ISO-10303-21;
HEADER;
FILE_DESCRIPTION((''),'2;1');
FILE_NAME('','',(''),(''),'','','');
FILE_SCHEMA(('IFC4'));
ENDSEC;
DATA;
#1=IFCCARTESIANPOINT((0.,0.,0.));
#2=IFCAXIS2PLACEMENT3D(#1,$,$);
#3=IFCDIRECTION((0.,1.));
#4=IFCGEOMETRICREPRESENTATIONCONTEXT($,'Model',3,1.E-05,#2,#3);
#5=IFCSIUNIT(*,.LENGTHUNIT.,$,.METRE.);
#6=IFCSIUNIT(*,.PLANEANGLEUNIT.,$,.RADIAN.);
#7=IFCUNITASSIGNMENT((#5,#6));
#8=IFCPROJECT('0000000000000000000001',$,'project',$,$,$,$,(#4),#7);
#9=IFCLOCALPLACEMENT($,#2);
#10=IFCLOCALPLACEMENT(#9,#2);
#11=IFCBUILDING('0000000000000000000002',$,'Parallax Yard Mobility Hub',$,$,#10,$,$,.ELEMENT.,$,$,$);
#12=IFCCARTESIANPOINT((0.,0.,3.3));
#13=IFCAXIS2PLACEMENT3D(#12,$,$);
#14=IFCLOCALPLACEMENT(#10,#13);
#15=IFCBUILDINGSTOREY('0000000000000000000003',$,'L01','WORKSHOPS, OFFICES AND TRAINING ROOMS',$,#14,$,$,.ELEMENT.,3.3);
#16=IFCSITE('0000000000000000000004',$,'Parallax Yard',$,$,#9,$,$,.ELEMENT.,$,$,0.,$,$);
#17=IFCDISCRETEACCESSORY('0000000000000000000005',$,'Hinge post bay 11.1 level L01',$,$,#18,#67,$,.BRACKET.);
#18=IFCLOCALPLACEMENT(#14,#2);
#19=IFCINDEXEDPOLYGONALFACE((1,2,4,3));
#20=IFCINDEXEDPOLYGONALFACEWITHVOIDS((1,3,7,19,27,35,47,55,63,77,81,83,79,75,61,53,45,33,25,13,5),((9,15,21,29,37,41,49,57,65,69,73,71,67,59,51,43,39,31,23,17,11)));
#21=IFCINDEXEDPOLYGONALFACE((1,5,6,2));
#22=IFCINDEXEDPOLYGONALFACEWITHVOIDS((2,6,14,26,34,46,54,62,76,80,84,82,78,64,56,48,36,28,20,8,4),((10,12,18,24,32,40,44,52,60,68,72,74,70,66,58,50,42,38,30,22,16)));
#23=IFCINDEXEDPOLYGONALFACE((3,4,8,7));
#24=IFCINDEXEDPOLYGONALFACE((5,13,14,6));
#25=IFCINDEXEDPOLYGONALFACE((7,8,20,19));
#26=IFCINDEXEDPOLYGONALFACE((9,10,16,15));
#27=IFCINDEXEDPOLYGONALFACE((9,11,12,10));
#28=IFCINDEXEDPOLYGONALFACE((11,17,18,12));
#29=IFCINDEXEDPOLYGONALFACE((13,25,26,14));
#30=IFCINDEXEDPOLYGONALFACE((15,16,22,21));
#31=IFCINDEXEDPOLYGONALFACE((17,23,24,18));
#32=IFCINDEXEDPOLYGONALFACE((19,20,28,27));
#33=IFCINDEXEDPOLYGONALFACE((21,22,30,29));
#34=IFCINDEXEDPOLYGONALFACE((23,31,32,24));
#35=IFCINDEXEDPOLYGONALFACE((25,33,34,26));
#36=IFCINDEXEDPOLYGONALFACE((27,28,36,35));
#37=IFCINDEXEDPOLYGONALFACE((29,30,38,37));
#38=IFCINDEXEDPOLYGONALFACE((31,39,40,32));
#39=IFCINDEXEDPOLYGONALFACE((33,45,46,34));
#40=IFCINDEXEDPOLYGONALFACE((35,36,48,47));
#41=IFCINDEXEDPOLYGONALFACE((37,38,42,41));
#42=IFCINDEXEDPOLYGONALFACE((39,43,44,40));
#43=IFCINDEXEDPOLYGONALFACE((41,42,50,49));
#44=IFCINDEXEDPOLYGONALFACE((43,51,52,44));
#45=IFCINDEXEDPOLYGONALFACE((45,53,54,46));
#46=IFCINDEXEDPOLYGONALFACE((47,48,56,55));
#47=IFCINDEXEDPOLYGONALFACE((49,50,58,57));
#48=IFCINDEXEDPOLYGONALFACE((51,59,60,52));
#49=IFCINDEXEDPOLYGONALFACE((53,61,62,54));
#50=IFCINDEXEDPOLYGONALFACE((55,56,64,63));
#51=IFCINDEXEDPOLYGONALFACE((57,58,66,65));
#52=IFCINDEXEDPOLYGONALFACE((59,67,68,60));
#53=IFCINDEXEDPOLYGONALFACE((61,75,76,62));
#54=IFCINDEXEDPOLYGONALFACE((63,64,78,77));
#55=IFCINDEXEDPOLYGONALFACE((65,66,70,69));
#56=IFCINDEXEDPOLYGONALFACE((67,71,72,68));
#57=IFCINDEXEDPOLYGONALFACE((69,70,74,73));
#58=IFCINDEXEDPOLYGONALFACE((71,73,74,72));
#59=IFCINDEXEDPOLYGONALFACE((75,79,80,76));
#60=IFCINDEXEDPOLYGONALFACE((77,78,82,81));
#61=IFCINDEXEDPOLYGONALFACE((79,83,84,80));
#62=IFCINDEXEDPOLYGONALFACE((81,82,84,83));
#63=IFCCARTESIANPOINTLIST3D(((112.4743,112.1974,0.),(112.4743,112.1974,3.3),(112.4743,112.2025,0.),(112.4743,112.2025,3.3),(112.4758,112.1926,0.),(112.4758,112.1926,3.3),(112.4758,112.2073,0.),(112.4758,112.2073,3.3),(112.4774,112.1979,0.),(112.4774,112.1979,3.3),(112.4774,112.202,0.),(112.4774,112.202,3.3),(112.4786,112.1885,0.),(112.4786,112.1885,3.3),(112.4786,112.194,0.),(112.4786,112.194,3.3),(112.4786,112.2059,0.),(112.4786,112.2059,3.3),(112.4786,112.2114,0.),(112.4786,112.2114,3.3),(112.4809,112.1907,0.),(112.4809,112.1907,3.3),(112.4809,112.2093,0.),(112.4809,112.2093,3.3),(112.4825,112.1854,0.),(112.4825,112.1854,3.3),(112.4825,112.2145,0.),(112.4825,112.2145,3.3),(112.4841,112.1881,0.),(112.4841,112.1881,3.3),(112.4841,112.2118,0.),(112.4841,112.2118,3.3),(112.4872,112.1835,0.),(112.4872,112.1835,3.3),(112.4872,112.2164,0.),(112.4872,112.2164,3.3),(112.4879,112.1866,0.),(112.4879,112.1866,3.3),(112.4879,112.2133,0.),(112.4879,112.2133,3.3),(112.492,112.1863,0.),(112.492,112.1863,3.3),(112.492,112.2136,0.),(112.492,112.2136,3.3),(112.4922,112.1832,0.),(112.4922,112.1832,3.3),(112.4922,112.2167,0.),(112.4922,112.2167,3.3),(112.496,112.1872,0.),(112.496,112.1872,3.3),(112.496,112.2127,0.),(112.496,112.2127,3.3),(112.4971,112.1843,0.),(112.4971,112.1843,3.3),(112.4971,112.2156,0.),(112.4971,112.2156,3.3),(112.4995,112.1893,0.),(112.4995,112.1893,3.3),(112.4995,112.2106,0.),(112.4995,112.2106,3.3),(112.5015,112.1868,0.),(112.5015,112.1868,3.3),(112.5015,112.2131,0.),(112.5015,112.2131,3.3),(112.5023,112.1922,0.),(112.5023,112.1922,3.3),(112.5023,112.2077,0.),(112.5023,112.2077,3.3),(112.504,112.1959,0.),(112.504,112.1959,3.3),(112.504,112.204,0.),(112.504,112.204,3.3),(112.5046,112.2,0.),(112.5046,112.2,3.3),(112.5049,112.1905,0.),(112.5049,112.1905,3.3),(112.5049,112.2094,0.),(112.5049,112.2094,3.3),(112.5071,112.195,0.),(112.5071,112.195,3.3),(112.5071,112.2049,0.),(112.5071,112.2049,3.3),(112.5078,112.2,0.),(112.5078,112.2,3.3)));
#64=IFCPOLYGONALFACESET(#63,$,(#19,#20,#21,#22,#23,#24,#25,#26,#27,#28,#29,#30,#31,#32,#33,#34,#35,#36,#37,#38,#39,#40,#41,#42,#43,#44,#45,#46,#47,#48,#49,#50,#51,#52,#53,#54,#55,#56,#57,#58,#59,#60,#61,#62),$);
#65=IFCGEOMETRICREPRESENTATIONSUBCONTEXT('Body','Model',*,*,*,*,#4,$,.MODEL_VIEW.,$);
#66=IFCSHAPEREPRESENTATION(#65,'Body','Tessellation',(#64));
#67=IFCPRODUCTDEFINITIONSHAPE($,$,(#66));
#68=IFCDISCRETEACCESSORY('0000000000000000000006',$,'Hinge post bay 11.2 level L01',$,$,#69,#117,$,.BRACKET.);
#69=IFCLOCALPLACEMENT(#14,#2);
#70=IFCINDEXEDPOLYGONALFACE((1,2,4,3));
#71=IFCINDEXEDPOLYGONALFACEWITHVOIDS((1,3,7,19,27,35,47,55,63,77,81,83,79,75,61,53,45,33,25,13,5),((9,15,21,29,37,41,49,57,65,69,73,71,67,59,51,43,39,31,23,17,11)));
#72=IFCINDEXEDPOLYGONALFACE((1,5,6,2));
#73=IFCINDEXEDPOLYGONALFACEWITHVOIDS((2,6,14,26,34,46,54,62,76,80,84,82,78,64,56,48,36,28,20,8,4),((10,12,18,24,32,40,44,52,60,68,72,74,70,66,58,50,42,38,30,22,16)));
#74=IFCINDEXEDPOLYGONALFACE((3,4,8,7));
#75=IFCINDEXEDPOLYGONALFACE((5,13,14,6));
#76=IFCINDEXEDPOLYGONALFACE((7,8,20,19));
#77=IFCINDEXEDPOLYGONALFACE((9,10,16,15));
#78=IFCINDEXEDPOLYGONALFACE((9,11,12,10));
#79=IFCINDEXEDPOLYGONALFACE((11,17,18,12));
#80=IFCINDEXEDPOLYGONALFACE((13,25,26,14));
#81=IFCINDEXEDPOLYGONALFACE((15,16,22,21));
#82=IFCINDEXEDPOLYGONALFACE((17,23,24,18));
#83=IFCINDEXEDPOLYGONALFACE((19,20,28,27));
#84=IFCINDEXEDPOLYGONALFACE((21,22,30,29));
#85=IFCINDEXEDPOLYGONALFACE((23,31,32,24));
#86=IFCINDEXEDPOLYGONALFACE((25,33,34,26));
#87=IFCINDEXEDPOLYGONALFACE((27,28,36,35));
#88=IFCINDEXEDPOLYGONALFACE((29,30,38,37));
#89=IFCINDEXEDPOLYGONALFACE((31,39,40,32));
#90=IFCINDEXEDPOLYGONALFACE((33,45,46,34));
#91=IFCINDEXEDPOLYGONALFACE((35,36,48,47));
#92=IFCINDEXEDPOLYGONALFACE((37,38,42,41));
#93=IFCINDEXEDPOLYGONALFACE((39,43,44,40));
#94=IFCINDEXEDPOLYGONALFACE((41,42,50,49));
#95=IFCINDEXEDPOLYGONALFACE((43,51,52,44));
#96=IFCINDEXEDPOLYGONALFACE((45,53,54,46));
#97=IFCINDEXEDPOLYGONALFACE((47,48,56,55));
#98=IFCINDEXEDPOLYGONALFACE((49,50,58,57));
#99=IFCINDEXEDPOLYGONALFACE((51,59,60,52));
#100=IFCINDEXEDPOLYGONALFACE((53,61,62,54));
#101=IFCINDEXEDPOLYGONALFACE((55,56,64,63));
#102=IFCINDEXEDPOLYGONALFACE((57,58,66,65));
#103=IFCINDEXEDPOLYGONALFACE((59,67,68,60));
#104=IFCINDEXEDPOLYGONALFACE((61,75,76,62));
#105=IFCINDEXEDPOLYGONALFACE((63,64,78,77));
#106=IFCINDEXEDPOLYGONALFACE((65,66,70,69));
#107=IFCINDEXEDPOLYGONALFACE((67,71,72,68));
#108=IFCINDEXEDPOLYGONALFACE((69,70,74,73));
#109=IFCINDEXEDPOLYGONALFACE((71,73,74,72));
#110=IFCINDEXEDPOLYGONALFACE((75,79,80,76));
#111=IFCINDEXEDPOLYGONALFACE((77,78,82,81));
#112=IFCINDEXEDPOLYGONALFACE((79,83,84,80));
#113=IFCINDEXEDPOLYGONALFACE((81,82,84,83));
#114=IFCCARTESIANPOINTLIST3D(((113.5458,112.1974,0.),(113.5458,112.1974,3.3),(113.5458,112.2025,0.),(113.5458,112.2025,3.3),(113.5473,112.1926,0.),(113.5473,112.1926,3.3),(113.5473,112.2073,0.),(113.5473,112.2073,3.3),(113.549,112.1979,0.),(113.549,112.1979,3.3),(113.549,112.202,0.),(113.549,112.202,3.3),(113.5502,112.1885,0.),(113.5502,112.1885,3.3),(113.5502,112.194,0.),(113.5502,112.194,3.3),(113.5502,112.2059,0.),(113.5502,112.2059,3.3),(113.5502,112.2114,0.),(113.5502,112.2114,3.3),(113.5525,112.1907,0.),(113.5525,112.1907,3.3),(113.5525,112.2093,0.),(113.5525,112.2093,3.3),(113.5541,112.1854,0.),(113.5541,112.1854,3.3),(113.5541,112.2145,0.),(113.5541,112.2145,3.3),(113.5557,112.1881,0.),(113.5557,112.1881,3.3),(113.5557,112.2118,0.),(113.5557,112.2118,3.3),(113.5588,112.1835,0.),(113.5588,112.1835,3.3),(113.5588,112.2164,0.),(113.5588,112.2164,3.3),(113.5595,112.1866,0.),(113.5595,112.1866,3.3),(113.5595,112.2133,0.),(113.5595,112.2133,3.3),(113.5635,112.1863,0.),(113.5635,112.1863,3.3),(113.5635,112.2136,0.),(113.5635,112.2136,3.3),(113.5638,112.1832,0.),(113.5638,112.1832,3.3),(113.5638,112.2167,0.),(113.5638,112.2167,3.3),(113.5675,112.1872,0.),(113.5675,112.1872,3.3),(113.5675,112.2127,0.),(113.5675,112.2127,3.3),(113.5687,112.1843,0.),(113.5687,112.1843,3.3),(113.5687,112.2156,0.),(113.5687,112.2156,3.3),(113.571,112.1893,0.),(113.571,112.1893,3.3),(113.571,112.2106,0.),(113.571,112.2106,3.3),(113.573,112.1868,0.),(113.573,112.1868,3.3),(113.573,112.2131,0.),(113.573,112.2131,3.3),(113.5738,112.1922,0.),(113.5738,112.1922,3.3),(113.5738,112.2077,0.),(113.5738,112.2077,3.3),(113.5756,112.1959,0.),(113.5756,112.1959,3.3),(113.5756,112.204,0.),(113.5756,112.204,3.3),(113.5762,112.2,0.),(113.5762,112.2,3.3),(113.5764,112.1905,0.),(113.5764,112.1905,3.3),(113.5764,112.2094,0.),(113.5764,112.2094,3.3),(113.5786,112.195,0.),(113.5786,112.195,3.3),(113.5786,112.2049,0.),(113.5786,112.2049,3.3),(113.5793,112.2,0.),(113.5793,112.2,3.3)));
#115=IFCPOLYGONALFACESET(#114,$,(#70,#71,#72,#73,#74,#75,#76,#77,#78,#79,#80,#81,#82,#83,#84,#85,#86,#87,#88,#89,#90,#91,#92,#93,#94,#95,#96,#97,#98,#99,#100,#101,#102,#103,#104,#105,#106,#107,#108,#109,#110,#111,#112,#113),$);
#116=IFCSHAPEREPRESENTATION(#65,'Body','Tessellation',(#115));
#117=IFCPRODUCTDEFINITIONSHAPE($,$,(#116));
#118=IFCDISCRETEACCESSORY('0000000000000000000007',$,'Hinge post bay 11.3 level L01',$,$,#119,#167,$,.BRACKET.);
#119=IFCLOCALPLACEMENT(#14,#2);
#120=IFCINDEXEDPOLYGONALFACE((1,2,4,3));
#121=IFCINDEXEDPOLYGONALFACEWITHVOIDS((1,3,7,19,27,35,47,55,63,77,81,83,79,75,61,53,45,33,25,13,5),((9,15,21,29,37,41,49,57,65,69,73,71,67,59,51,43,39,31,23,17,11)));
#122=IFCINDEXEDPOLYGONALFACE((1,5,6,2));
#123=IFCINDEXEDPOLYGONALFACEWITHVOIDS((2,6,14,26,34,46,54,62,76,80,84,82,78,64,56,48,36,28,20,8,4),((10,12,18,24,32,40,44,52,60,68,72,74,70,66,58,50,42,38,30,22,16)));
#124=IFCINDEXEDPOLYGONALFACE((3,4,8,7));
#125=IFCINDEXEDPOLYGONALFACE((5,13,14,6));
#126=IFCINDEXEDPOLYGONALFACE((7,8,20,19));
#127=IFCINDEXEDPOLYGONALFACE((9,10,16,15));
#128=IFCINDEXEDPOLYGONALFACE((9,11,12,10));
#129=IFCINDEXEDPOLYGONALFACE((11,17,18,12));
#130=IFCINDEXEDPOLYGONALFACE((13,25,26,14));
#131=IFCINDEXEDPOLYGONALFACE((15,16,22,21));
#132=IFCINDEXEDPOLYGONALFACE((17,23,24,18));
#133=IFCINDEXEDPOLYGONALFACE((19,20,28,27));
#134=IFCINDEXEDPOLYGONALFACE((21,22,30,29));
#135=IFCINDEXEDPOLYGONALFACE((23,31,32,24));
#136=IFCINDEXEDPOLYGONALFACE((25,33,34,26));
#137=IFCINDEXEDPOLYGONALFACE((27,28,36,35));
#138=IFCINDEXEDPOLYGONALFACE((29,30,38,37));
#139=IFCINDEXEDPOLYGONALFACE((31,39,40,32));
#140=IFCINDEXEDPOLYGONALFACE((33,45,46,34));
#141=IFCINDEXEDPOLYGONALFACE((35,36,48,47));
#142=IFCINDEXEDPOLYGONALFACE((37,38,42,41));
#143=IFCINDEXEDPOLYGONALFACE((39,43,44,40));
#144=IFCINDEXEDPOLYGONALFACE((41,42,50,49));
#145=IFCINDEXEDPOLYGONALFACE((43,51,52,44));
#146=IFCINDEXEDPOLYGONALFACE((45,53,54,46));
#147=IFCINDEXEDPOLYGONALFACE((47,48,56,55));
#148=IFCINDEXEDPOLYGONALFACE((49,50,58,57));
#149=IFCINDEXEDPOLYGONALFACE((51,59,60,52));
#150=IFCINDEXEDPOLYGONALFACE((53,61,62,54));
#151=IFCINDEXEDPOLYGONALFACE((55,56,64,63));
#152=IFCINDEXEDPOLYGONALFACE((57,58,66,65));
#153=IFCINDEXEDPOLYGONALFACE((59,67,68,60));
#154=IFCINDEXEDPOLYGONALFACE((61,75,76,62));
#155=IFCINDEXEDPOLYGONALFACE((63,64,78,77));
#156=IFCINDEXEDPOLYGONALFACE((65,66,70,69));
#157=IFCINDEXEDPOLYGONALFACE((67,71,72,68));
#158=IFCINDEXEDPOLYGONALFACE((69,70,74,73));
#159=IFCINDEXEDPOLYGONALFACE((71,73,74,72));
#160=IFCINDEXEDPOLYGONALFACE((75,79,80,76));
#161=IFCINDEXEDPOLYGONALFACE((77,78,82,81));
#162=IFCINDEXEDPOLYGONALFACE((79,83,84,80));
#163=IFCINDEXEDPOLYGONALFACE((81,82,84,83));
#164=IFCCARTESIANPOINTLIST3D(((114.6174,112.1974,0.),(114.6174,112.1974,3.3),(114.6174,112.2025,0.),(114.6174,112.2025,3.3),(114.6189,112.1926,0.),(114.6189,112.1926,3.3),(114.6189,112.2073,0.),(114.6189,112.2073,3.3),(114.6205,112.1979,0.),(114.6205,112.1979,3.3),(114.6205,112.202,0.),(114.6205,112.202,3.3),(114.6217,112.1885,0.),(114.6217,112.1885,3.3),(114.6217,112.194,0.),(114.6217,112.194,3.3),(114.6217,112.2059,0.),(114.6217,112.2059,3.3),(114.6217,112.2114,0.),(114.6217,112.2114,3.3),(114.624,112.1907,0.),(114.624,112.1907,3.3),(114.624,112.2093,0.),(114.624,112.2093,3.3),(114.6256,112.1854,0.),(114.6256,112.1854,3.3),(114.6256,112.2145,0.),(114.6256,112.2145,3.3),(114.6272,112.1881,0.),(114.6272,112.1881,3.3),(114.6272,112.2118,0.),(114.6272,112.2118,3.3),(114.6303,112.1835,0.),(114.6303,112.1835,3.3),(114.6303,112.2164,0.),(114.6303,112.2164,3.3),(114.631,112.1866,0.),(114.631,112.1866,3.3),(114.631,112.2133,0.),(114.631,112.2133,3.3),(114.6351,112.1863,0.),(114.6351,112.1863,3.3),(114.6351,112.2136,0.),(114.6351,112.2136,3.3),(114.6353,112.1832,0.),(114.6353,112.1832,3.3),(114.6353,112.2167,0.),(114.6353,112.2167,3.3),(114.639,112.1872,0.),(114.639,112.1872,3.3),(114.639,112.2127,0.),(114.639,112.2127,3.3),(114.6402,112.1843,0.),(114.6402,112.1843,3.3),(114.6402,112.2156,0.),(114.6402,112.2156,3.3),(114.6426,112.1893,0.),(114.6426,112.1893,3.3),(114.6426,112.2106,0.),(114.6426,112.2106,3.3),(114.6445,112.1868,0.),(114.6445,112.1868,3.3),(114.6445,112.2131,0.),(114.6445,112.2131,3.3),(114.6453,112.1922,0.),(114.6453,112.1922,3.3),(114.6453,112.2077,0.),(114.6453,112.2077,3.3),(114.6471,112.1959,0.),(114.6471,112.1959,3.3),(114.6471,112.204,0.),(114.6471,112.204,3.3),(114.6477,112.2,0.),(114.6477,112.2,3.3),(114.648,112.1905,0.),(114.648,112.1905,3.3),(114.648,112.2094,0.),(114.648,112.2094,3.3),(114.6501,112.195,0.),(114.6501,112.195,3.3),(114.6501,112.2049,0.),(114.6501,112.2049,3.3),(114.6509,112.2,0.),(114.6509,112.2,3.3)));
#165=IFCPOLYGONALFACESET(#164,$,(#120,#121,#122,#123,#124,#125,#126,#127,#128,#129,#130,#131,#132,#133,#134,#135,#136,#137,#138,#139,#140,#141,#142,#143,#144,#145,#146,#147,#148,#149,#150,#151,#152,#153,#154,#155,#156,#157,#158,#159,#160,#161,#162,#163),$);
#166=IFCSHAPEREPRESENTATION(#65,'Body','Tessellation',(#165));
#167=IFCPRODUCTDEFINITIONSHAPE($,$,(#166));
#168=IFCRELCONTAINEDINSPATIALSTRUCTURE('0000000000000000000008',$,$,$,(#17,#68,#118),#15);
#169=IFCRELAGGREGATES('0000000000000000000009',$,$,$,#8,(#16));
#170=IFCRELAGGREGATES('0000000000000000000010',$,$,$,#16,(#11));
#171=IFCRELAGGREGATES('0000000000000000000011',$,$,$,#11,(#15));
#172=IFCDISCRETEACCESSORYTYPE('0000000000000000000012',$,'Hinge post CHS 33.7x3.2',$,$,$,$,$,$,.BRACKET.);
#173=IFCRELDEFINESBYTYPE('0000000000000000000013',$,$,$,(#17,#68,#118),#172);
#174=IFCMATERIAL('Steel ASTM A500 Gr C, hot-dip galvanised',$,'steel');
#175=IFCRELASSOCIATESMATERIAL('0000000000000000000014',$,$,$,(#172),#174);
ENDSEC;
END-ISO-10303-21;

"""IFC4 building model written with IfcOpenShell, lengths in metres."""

from ifc_helpers import new_model, si_unit, direction, frame, origin, origin_2d, place, context, subcontext, project, spatial, hollow_circle, extrude, material, material_profile, profile_set, type_object, element, save


model = new_model("IFC4")

# Units and contexts
model_context = context("Model", 3, precision=1e-05, world=origin(), true_north=direction((0.0, 1.0)))
body_context = subcontext(model_context, "Body", "Model", "MODEL_VIEW")
ifc_project = project(units=[si_unit("LENGTHUNIT", "METRE"), si_unit("PLANEANGLEUNIT", "RADIAN")], contexts=[model_context])

# Site, building, storey
site_placement = place(None, origin())
site = spatial("IfcSite", under=ifc_project, at=site_placement, Name="Parallax Yard", CompositionType="ELEMENT", RefElevation=0.0)
building_placement = place(site_placement, origin())
building = spatial("IfcBuilding", under=site, at=building_placement, Name="Parallax Yard Mobility Hub", CompositionType="ELEMENT")
storey_placement = place(building_placement, frame((0.0, 0.0, 3.3)))
storey = spatial("IfcBuildingStorey", under=building, at=storey_placement, Name="L01", Description="WORKSHOPS, OFFICES AND TRAINING ROOMS", CompositionType="ELEMENT", Elevation=3.3)

# Discrete accessories
ifc_material_1 = material(Name="Steel ASTM A500 Gr C, hot-dip galvanised", Category="steel")
ifc_material_profile_1 = material_profile(ifc_material_1, hollow_circle(Radius=0.0168, WallThickness=0.0032, at=origin_2d()), Name="CHS 33.7x3.2")
ifc_profile_set_1 = profile_set([ifc_material_profile_1], Name="Steel ASTM A500 Gr C, hot-dip galvanised")
discrete_accessory_type_1 = type_object("IfcDiscreteAccessoryType", Name="Hinge post CHS 33.7x3.2", PredefinedType="BRACKET", material=ifc_profile_set_1)
for number, where, z_axis, x_axis, name in (
    (1, (112.491, 112.2, 0.0), (0.0, 0.0, 1.0), (1.0, 0.0, 0.0), "Hinge post bay 11.1 level L01"),
    (2, (113.5625, 112.2, 0.0), (0.0, 0.0, 1.0), (1.0, 0.0, 0.0), "Hinge post bay 11.2 level L01"),
    (3, (114.634, 112.2, 0.0), (0.0, 0.0, 1.0), (1.0, 0.0, 0.0), "Hinge post bay 11.3 level L01"),
):
    element("IfcDiscreteAccessory", number, at=place(storey_placement, frame(where, z_axis=z_axis, x_axis=x_axis)), inside=storey, type_object=discrete_accessory_type_1, Name=name, PredefinedType="BRACKET", context=body_context, shape_type="SweptSolid", body=[
        extrude(hollow_circle(Radius=0.0168, WallThickness=0.0032, at=origin_2d()), origin(), (0.0, 0.0, 1.0), 3.3),
    ])

save(model, "model.ifc")
